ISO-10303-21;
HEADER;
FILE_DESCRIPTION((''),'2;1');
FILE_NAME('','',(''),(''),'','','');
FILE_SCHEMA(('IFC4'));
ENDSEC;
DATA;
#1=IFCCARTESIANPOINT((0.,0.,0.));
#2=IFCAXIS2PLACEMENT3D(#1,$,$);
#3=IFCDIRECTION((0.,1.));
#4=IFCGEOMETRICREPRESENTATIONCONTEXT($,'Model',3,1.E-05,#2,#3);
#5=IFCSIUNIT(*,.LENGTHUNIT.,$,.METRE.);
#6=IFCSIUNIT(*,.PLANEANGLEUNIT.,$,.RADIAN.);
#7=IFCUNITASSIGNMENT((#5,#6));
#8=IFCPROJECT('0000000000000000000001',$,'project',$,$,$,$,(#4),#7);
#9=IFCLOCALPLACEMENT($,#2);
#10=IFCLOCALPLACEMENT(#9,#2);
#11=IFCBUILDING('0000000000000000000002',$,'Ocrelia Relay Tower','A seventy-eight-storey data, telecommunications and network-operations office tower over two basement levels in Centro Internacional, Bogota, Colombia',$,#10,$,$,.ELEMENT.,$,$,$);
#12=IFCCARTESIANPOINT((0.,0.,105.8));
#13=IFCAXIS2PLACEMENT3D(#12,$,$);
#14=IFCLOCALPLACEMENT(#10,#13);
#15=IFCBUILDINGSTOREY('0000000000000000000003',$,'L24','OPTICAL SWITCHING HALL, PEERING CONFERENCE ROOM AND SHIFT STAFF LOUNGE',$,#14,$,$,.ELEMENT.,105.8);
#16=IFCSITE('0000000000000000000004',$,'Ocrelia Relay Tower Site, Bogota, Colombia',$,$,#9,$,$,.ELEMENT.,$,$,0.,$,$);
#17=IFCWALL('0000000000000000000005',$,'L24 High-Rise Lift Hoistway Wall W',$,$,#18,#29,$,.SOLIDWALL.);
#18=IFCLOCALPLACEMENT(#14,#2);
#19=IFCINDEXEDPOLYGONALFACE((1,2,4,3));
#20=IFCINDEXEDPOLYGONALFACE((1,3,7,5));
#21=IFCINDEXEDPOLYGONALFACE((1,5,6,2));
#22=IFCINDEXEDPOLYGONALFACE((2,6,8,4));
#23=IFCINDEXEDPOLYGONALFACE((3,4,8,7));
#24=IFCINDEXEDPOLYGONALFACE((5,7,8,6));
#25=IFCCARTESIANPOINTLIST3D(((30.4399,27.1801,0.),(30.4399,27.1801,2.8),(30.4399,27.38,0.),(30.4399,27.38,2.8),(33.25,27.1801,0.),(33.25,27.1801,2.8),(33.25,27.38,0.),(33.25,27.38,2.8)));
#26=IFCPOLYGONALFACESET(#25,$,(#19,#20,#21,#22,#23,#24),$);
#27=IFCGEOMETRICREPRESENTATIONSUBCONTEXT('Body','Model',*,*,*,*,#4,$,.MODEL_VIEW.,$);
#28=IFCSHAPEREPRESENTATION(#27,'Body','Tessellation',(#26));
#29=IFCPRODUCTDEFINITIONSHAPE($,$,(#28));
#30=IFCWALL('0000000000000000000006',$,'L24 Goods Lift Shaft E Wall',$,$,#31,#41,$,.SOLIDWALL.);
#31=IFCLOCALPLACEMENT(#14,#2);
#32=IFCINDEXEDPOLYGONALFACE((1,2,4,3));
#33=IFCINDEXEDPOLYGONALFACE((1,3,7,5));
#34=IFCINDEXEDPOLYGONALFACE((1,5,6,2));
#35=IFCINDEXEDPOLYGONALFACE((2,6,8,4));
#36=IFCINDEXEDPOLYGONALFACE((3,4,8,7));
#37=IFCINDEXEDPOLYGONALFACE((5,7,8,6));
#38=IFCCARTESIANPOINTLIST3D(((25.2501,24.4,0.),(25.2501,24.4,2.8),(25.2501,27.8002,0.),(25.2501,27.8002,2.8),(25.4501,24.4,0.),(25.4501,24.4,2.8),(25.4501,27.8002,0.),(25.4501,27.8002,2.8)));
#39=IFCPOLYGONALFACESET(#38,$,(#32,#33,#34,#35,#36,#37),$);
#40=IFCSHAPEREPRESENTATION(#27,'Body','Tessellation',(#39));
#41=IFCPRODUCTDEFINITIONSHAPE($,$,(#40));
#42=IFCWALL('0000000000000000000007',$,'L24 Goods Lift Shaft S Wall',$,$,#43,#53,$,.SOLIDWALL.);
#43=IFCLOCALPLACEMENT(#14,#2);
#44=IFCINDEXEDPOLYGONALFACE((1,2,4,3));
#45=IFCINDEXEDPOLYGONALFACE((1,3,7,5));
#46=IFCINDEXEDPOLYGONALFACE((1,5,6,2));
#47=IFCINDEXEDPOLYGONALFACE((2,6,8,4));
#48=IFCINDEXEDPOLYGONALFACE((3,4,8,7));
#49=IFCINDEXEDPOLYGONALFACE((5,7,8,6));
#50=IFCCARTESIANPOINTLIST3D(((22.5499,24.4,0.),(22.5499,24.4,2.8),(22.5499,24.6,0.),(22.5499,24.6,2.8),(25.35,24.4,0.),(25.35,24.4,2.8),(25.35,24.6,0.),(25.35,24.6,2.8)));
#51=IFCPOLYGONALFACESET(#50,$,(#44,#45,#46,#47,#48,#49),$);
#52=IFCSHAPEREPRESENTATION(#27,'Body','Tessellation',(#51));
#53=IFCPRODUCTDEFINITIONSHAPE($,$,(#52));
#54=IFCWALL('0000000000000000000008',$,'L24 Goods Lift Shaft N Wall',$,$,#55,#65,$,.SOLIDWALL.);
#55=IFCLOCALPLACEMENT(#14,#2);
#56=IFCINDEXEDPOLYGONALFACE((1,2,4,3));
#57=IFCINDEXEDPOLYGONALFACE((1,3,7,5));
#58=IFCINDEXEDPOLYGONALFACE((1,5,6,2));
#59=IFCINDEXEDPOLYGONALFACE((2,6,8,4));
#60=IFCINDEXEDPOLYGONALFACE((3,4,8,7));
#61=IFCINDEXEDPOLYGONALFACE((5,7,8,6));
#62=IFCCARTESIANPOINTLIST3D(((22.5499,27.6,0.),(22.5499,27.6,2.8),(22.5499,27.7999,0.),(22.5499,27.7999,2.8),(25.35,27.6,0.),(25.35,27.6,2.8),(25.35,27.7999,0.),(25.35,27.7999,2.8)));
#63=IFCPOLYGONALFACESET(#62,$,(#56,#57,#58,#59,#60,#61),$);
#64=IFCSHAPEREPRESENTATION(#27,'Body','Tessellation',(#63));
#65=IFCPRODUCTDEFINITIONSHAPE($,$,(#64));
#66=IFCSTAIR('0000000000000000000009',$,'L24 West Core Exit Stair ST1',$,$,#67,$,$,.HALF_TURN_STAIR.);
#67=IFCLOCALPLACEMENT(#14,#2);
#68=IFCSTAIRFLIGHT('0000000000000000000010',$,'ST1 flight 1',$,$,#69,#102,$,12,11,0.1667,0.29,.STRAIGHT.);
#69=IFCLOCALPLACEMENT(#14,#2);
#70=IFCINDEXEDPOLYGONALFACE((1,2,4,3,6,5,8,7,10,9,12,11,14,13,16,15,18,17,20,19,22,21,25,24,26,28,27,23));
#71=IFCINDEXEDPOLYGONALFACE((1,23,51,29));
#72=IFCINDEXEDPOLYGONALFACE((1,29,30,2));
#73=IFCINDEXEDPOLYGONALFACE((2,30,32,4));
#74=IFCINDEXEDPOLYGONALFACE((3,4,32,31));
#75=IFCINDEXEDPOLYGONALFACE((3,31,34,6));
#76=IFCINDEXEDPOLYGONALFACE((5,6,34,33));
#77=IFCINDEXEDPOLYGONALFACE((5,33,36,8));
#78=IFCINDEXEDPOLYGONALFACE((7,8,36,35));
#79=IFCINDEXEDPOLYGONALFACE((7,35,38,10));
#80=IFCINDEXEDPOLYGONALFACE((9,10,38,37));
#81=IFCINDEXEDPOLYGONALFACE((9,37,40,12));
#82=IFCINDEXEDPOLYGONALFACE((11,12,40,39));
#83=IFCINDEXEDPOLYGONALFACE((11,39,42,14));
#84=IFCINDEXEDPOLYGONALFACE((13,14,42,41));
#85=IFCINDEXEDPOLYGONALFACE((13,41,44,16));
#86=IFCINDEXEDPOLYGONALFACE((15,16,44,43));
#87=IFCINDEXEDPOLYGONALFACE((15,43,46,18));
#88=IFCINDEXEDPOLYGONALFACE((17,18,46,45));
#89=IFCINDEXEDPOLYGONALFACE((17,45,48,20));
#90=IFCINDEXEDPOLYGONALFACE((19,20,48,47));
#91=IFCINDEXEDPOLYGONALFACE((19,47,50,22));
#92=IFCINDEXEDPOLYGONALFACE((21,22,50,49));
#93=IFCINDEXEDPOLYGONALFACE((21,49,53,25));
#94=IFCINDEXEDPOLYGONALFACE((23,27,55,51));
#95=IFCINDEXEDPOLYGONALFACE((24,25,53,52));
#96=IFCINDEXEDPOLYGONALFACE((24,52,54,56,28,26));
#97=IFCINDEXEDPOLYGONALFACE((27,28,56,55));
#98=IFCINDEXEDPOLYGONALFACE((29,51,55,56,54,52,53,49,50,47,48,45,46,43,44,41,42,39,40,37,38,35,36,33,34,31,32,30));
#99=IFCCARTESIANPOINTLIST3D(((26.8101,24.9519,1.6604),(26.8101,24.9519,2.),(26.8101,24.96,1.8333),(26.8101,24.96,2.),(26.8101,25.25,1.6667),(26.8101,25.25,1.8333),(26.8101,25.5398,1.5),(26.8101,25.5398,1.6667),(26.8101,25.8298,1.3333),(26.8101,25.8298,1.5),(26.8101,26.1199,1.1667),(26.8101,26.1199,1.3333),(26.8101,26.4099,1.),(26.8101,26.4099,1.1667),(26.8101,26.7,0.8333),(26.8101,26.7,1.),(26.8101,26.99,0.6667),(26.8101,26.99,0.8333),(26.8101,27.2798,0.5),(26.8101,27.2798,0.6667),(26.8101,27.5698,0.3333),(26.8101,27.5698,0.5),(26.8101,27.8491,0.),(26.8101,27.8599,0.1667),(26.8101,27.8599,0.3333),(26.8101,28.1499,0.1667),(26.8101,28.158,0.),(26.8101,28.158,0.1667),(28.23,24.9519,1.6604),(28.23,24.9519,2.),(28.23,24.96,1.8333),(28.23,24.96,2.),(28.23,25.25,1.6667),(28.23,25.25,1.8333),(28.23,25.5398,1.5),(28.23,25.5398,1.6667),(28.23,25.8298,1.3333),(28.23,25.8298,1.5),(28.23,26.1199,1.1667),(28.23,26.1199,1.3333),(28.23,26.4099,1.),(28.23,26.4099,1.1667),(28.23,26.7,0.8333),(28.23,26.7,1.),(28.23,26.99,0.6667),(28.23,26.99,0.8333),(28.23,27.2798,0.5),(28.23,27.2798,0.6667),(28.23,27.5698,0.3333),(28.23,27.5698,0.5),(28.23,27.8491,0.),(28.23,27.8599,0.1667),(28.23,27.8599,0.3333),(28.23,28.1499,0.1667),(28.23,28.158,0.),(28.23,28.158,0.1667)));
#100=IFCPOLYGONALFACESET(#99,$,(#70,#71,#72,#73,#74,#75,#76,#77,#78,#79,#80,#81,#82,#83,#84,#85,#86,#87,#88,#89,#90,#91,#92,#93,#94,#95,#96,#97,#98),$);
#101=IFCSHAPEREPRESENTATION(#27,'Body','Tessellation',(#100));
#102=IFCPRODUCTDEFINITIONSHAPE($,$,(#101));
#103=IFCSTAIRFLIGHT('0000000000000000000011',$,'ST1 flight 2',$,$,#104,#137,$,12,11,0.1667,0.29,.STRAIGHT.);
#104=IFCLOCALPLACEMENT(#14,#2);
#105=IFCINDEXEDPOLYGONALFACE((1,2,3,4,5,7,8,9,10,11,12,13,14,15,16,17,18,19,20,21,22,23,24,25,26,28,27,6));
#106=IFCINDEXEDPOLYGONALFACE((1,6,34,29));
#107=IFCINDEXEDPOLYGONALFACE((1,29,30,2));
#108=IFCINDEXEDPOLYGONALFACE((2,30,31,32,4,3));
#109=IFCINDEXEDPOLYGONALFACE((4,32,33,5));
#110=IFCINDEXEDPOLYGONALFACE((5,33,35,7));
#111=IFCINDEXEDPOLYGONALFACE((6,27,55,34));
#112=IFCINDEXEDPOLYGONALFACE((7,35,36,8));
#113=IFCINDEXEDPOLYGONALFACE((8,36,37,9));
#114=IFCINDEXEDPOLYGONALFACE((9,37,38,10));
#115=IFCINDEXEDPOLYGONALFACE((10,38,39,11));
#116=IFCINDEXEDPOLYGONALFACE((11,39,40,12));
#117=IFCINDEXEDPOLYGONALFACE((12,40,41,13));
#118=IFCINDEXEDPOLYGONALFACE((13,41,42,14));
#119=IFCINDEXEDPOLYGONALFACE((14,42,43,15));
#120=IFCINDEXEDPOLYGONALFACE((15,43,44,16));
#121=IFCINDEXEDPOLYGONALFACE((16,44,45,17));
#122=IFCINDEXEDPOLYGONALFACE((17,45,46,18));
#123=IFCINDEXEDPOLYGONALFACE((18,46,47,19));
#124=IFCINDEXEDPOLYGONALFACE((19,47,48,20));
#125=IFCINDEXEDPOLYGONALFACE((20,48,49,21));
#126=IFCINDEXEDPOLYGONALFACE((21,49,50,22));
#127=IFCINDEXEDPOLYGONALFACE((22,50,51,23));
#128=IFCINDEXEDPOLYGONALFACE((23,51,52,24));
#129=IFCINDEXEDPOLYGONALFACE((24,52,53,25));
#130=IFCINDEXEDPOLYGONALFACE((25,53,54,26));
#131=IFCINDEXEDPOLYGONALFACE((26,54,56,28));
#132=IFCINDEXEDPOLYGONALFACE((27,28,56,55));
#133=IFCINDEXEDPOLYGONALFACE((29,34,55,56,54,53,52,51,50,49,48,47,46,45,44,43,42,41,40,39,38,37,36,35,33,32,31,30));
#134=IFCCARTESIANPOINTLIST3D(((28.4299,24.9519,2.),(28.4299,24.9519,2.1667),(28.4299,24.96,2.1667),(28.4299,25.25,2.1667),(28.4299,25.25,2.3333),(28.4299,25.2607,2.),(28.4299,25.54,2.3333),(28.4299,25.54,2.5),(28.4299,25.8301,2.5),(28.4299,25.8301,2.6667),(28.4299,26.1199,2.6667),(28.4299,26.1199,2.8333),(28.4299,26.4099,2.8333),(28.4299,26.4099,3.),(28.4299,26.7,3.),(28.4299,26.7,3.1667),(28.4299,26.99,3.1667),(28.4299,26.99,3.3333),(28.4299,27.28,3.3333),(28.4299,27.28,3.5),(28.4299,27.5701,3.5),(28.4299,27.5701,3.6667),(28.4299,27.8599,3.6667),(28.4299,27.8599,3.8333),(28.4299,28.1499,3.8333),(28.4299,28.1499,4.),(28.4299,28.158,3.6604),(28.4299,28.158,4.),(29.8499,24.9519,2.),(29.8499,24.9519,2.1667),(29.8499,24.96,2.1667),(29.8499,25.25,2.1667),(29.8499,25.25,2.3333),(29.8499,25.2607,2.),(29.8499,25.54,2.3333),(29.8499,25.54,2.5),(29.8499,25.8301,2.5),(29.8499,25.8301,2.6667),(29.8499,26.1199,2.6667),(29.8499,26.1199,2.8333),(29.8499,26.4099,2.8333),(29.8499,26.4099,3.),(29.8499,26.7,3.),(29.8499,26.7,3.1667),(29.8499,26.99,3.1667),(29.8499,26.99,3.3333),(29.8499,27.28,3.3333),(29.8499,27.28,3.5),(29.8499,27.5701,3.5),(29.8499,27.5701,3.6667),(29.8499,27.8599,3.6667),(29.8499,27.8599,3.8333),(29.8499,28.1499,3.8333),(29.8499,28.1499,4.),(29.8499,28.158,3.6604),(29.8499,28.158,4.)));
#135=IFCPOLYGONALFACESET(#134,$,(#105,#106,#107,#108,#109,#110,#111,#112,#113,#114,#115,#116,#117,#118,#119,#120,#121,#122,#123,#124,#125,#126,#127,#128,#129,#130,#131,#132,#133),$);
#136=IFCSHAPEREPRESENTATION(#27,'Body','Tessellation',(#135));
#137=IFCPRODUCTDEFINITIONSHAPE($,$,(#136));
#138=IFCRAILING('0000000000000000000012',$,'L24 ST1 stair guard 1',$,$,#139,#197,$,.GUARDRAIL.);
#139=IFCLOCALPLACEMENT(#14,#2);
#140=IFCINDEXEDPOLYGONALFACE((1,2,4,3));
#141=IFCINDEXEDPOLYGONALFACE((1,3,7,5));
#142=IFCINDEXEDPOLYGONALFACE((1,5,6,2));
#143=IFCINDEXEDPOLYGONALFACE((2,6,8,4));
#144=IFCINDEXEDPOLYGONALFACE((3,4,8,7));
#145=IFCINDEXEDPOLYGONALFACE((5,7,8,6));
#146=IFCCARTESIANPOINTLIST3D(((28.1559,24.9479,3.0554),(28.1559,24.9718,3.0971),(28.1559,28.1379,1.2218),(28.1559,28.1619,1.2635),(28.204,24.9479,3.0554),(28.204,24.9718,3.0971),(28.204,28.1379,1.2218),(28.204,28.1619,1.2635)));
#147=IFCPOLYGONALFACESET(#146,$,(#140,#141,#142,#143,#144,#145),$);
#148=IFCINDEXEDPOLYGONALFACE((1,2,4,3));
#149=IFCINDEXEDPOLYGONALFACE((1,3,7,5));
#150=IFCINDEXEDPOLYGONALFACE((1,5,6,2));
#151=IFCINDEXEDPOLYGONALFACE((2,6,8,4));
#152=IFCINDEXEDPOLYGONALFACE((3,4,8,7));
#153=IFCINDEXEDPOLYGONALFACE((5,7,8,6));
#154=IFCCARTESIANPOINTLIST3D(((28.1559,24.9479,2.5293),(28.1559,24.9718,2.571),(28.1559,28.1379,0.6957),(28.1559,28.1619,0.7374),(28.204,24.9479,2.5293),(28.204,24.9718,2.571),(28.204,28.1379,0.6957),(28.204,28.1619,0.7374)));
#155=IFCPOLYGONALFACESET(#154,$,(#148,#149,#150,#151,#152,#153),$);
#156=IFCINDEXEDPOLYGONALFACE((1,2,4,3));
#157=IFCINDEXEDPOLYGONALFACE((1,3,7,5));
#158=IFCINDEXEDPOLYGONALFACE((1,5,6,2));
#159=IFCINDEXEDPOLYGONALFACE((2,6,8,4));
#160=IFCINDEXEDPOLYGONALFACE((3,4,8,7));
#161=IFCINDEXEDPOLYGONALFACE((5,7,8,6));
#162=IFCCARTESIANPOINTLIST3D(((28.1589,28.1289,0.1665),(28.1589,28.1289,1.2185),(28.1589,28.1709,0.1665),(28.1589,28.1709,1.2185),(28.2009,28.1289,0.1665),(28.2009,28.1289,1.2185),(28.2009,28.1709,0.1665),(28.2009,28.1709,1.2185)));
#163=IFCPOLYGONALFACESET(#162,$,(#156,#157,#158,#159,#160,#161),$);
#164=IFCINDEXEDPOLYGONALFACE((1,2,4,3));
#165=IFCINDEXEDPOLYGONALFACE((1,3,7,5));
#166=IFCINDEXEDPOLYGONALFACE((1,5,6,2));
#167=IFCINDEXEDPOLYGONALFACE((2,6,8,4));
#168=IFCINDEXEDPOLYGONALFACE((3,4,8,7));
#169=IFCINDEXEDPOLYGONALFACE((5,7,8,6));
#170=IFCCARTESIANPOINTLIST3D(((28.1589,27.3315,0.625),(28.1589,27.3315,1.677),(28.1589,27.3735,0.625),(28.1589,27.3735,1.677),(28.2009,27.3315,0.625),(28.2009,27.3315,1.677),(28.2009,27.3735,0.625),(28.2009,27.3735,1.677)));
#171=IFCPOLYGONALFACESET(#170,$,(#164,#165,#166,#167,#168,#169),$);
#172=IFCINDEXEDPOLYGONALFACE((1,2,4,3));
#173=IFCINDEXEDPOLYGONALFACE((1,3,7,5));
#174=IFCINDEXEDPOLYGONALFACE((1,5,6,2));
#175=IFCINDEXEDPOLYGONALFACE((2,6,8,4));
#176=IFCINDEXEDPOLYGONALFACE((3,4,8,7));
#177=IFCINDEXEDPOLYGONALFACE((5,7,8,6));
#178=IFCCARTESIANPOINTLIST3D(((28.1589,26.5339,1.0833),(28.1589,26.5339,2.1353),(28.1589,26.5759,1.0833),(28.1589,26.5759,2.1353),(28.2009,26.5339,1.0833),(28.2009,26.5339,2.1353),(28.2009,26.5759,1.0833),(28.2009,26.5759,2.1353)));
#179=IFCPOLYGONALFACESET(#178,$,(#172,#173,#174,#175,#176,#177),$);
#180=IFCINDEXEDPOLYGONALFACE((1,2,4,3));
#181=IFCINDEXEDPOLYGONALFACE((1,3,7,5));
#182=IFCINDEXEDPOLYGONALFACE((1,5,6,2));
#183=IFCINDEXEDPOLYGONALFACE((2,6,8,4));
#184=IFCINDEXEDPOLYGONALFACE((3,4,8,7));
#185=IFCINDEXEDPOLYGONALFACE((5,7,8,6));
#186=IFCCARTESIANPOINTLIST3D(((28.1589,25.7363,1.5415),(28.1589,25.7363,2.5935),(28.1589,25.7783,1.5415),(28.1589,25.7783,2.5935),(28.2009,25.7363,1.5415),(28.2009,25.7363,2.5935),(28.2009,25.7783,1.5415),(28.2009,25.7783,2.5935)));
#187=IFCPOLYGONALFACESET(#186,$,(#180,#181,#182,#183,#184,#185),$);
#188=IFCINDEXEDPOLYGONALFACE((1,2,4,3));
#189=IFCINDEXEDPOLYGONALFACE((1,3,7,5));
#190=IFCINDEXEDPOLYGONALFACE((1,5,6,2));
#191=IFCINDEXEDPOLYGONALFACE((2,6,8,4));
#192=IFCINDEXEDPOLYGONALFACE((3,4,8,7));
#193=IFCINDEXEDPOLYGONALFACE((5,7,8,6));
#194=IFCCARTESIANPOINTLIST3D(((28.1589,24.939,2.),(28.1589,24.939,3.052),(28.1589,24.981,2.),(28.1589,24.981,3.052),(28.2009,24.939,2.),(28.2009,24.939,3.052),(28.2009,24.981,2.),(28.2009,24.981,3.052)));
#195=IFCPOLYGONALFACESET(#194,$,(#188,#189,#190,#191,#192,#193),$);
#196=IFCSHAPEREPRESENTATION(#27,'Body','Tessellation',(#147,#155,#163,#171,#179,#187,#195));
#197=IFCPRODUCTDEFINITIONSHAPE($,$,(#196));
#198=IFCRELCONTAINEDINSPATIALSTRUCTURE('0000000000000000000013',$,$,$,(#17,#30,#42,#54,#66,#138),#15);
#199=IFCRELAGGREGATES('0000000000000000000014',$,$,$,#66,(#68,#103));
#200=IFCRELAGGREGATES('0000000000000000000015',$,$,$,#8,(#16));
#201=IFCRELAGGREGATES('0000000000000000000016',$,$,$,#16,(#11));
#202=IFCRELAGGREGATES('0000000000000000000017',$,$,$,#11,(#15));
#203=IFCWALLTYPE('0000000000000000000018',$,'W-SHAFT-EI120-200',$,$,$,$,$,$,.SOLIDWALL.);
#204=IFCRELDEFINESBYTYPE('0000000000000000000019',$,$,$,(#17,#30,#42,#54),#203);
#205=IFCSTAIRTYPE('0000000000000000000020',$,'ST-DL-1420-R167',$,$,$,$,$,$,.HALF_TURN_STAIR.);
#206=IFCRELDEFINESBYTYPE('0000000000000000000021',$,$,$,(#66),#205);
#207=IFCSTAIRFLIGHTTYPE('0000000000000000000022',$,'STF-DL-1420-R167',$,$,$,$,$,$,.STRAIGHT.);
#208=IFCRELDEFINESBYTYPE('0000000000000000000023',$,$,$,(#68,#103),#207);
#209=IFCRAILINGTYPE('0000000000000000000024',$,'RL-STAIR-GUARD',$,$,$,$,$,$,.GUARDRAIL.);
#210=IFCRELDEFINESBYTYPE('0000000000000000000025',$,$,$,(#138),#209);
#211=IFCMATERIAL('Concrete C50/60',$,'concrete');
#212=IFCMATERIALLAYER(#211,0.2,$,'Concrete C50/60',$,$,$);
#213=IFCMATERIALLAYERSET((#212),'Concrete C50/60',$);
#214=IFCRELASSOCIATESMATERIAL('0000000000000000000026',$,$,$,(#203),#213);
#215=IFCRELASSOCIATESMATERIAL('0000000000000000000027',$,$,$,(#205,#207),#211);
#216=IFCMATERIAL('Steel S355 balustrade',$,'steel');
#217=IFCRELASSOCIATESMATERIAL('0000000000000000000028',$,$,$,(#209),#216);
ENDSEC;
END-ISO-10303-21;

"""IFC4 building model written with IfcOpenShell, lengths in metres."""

from ifc_helpers import new_model, si_unit, direction, frame, frame_2d, origin, origin_2d, place, context, subcontext, project, spatial, polyline, rectangle, outline, extrude, material, layer, layer_set, type_object, element, aggregate, save


model = new_model("IFC4")

# Units and contexts
model_context = context("Model", 3, precision=1e-05, world=origin(), true_north=direction((0.0, 1.0)))
body_context = subcontext(model_context, "Body", "Model", "MODEL_VIEW")
ifc_project = project(units=[si_unit("LENGTHUNIT", "METRE"), si_unit("PLANEANGLEUNIT", "RADIAN")], contexts=[model_context])

# Site, building, storey
site_placement = place(None, origin())
site = spatial("IfcSite", under=ifc_project, at=site_placement, Name="Ocrelia Relay Tower Site, Bogota, Colombia", CompositionType="ELEMENT", RefElevation=0.0)
building_placement = place(site_placement, origin())
building = spatial("IfcBuilding", under=site, at=building_placement, Name="Ocrelia Relay Tower", Description="A seventy-eight-storey data, telecommunications and network-operations office tower over two basement levels in Centro Internacional, Bogota, Colombia", CompositionType="ELEMENT")
storey_placement = place(building_placement, frame((0.0, 0.0, 105.8)))
storey = spatial("IfcBuildingStorey", under=building, at=storey_placement, Name="L24", Description="OPTICAL SWITCHING HALL, PEERING CONFERENCE ROOM AND SHIFT STAFF LOUNGE", CompositionType="ELEMENT", Elevation=105.8)

# Shared definitions
ifc_material_1 = material(Name="Concrete C50/60", Category="concrete")

# Shared definitions
ifc_layer_1 = layer(ifc_material_1, 0.2, Name="Concrete C50/60")
ifc_layer_set_1 = layer_set([ifc_layer_1], Name="Concrete C50/60")
wall_type_1 = type_object("IfcWallType", Name="W-SHAFT-EI120-200", PredefinedType="SOLIDWALL", material=ifc_layer_set_1)

# Wall
wall_1_placement = place(storey_placement, frame((30.4399, 27.28, 0.0), z_axis=(0.0, 0.0, 1.0), x_axis=(1.0, 0.0, 0.0)))
element("IfcWall", 1, at=wall_1_placement, inside=storey, type_object=wall_type_1, Name="L24 High-Rise Lift Hoistway Wall W", PredefinedType="SOLIDWALL", context=body_context, shape_type="SweptSolid", body=[
    extrude(rectangle(XDim=2.8101, YDim=0.2, at=frame_2d((1.405, 0.0))), origin(), (0.0, 0.0, 1.0), 2.8),
])

# Walls
wall_2_placement = place(storey_placement, frame((25.3501, 24.3999, 0.0), z_axis=(0.0, 0.0, 1.0), x_axis=(0.0, 1.0, 0.0)))
element("IfcWall", 2, at=wall_2_placement, inside=storey, type_object=wall_type_1, Name="L24 Goods Lift Shaft E Wall", PredefinedType="SOLIDWALL", context=body_context, shape_type="SweptSolid", body=[
    extrude(rectangle(XDim=3.4001, YDim=0.2, at=frame_2d((1.7002, 0.0))), origin(), (0.0, 0.0, 1.0), 2.8),
])
for number, where, z_axis, x_axis, name in (
    (3, (22.55, 24.5, 0.0), (0.0, 0.0, 1.0), (1.0, 0.0, 0.0), "L24 Goods Lift Shaft S Wall"),
    (4, (22.55, 27.7, 0.0), (0.0, 0.0, 1.0), (1.0, 0.0, 0.0), "L24 Goods Lift Shaft N Wall"),
):
    element("IfcWall", number, at=place(storey_placement, frame(where, z_axis=z_axis, x_axis=x_axis)), inside=storey, type_object=wall_type_1, Name=name, PredefinedType="SOLIDWALL", context=body_context, shape_type="SweptSolid", body=[
        extrude(rectangle(XDim=2.8, YDim=0.2, at=frame_2d((1.3999, 0.0))), origin(), (0.0, 0.0, 1.0), 2.8),
    ])

# Stair, stair flights
stair_type = type_object("IfcStairType", Name="ST-DL-1420-R167", PredefinedType="HALF_TURN_STAIR", material=ifc_material_1)
stair_placement = place(storey_placement, origin())
stair = element("IfcStair", 5, at=stair_placement, inside=storey, type_object=stair_type, Name="L24 West Core Exit Stair ST1", PredefinedType="HALF_TURN_STAIR")
stair_flight_type = type_object("IfcStairFlightType", Name="STF-DL-1420-R167", PredefinedType="STRAIGHT", material=ifc_material_1)
stair_flight_1_placement = place(storey_placement, frame((27.52, 28.1499, 0.0), z_axis=(0.0, 0.0, 1.0), x_axis=(0.0, -1.0, 0.0)))
stair_flight_1 = element("IfcStairFlight", 6, at=stair_flight_1_placement, type_object=stair_flight_type, Name="ST1 flight 1", NumberOfRisers=12, NumberOfTreads=11, PredefinedType="STRAIGHT", RiserHeight=0.1667, TreadLength=0.29, context=body_context, shape_type="SweptSolid", body=[
    extrude(outline(polyline([(-0.0081, 0.0), (-0.0081, 0.1667), (0.0, 0.1667), (0.29, 0.1667), (0.29, 0.3333), (0.5801, 0.3333), (0.5801, 0.5), (0.8701, 0.5), (0.8701, 0.6667), (1.1599, 0.6667), (1.1599, 0.8333), (1.45, 0.8333), (1.45, 1.0), (1.74, 1.0), (1.74, 1.1667), (2.03, 1.1667), (2.03, 1.3333), (2.3201, 1.3333), (2.3201, 1.5), (2.6101, 1.5), (2.6101, 1.6667), (2.8999, 1.6667), (2.8999, 1.8333), (3.1899, 1.8333), (3.1899, 2.0), (3.198, 2.0), (3.198, 1.6604), (0.3008, 0.0), (-0.0081, 0.0)])), frame((0.0, 0.71, 0.0), z_axis=(0.0, -1.0, 0.0), x_axis=(1.0, 0.0, 0.0)), (0.0, 0.0, 1.0), 1.4199),
])
stair_flight_2_placement = place(storey_placement, frame((29.1399, 24.96, 2.0), z_axis=(0.0, 0.0, 1.0), x_axis=(0.0, 1.0, 0.0)))
stair_flight_2 = element("IfcStairFlight", 7, at=stair_flight_2_placement, type_object=stair_flight_type, Name="ST1 flight 2", NumberOfRisers=12, NumberOfTreads=11, PredefinedType="STRAIGHT", RiserHeight=0.1667, TreadLength=0.29, context=body_context, shape_type="SweptSolid", body=[
    extrude(outline(polyline([(-0.0081, 0.0), (-0.0081, 0.1667), (0.0, 0.1667), (0.29, 0.1667), (0.29, 0.3333), (0.5801, 0.3333), (0.5801, 0.5), (0.8701, 0.5), (0.8701, 0.6667), (1.1599, 0.6667), (1.1599, 0.8333), (1.45, 0.8333), (1.45, 1.0), (1.74, 1.0), (1.74, 1.1667), (2.03, 1.1667), (2.03, 1.3333), (2.3201, 1.3333), (2.3201, 1.5), (2.6101, 1.5), (2.6101, 1.6667), (2.8999, 1.6667), (2.8999, 1.8333), (3.1899, 1.8333), (3.1899, 2.0), (3.198, 2.0), (3.198, 1.6604), (0.3008, 0.0), (-0.0081, 0.0)])), frame((0.0, 0.71, 0.0), z_axis=(0.0, -1.0, 0.0), x_axis=(1.0, 0.0, 0.0)), (0.0, 0.0, 1.0), 1.4199),
])
aggregate(stair, [stair_flight_1, stair_flight_2])

# Railing
ifc_material_2 = material(Name="Steel S355 balustrade", Category="steel")
railing_type_1 = type_object("IfcRailingType", Name="RL-STAIR-GUARD", PredefinedType="GUARDRAIL", material=ifc_material_2)
railing_1_placement = place(storey_placement, frame((28.1799, 28.1499, 0.1665)))
element("IfcRailing", 8, at=railing_1_placement, inside=storey, type_object=railing_type_1, Name="L24 ST1 stair guard 1", PredefinedType="GUARDRAIL", context=body_context, shape_type="SweptSolid", body=[
    extrude(rectangle(XDim=0.0481, YDim=0.0481, at=origin_2d()), frame((0.0, 0.0, 1.0762), z_axis=(0.0, -0.866991, 0.498324), x_axis=(1.0, 0.0, 0.0)), (0.0, 0.0, 1.0), 3.6794),
    extrude(rectangle(XDim=0.0481, YDim=0.0481, at=origin_2d()), frame((0.0, 0.0, 0.55), z_axis=(0.0, -0.866991, 0.498324), x_axis=(1.0, 0.0, 0.0)), (0.0, 0.0, 1.0), 3.6794),
    extrude(rectangle(XDim=0.042, YDim=0.042, at=origin_2d()), origin(), (0.0, 0.0, 1.0), 1.052),
    extrude(rectangle(XDim=0.042, YDim=0.042, at=origin_2d()), frame((0.0, -0.7974, 0.4585)), (0.0, 0.0, 1.0), 1.052),
    extrude(rectangle(XDim=0.042, YDim=0.042, at=origin_2d()), frame((0.0, -1.595, 0.9167)), (0.0, 0.0, 1.0), 1.052),
    extrude(rectangle(XDim=0.042, YDim=0.042, at=origin_2d()), frame((0.0, -2.3926, 1.375)), (0.0, 0.0, 1.0), 1.052),
    extrude(rectangle(XDim=0.042, YDim=0.042, at=origin_2d()), frame((0.0, -3.1899, 1.8335)), (0.0, 0.0, 1.0), 1.052),
])

save(model, "model.ifc")
